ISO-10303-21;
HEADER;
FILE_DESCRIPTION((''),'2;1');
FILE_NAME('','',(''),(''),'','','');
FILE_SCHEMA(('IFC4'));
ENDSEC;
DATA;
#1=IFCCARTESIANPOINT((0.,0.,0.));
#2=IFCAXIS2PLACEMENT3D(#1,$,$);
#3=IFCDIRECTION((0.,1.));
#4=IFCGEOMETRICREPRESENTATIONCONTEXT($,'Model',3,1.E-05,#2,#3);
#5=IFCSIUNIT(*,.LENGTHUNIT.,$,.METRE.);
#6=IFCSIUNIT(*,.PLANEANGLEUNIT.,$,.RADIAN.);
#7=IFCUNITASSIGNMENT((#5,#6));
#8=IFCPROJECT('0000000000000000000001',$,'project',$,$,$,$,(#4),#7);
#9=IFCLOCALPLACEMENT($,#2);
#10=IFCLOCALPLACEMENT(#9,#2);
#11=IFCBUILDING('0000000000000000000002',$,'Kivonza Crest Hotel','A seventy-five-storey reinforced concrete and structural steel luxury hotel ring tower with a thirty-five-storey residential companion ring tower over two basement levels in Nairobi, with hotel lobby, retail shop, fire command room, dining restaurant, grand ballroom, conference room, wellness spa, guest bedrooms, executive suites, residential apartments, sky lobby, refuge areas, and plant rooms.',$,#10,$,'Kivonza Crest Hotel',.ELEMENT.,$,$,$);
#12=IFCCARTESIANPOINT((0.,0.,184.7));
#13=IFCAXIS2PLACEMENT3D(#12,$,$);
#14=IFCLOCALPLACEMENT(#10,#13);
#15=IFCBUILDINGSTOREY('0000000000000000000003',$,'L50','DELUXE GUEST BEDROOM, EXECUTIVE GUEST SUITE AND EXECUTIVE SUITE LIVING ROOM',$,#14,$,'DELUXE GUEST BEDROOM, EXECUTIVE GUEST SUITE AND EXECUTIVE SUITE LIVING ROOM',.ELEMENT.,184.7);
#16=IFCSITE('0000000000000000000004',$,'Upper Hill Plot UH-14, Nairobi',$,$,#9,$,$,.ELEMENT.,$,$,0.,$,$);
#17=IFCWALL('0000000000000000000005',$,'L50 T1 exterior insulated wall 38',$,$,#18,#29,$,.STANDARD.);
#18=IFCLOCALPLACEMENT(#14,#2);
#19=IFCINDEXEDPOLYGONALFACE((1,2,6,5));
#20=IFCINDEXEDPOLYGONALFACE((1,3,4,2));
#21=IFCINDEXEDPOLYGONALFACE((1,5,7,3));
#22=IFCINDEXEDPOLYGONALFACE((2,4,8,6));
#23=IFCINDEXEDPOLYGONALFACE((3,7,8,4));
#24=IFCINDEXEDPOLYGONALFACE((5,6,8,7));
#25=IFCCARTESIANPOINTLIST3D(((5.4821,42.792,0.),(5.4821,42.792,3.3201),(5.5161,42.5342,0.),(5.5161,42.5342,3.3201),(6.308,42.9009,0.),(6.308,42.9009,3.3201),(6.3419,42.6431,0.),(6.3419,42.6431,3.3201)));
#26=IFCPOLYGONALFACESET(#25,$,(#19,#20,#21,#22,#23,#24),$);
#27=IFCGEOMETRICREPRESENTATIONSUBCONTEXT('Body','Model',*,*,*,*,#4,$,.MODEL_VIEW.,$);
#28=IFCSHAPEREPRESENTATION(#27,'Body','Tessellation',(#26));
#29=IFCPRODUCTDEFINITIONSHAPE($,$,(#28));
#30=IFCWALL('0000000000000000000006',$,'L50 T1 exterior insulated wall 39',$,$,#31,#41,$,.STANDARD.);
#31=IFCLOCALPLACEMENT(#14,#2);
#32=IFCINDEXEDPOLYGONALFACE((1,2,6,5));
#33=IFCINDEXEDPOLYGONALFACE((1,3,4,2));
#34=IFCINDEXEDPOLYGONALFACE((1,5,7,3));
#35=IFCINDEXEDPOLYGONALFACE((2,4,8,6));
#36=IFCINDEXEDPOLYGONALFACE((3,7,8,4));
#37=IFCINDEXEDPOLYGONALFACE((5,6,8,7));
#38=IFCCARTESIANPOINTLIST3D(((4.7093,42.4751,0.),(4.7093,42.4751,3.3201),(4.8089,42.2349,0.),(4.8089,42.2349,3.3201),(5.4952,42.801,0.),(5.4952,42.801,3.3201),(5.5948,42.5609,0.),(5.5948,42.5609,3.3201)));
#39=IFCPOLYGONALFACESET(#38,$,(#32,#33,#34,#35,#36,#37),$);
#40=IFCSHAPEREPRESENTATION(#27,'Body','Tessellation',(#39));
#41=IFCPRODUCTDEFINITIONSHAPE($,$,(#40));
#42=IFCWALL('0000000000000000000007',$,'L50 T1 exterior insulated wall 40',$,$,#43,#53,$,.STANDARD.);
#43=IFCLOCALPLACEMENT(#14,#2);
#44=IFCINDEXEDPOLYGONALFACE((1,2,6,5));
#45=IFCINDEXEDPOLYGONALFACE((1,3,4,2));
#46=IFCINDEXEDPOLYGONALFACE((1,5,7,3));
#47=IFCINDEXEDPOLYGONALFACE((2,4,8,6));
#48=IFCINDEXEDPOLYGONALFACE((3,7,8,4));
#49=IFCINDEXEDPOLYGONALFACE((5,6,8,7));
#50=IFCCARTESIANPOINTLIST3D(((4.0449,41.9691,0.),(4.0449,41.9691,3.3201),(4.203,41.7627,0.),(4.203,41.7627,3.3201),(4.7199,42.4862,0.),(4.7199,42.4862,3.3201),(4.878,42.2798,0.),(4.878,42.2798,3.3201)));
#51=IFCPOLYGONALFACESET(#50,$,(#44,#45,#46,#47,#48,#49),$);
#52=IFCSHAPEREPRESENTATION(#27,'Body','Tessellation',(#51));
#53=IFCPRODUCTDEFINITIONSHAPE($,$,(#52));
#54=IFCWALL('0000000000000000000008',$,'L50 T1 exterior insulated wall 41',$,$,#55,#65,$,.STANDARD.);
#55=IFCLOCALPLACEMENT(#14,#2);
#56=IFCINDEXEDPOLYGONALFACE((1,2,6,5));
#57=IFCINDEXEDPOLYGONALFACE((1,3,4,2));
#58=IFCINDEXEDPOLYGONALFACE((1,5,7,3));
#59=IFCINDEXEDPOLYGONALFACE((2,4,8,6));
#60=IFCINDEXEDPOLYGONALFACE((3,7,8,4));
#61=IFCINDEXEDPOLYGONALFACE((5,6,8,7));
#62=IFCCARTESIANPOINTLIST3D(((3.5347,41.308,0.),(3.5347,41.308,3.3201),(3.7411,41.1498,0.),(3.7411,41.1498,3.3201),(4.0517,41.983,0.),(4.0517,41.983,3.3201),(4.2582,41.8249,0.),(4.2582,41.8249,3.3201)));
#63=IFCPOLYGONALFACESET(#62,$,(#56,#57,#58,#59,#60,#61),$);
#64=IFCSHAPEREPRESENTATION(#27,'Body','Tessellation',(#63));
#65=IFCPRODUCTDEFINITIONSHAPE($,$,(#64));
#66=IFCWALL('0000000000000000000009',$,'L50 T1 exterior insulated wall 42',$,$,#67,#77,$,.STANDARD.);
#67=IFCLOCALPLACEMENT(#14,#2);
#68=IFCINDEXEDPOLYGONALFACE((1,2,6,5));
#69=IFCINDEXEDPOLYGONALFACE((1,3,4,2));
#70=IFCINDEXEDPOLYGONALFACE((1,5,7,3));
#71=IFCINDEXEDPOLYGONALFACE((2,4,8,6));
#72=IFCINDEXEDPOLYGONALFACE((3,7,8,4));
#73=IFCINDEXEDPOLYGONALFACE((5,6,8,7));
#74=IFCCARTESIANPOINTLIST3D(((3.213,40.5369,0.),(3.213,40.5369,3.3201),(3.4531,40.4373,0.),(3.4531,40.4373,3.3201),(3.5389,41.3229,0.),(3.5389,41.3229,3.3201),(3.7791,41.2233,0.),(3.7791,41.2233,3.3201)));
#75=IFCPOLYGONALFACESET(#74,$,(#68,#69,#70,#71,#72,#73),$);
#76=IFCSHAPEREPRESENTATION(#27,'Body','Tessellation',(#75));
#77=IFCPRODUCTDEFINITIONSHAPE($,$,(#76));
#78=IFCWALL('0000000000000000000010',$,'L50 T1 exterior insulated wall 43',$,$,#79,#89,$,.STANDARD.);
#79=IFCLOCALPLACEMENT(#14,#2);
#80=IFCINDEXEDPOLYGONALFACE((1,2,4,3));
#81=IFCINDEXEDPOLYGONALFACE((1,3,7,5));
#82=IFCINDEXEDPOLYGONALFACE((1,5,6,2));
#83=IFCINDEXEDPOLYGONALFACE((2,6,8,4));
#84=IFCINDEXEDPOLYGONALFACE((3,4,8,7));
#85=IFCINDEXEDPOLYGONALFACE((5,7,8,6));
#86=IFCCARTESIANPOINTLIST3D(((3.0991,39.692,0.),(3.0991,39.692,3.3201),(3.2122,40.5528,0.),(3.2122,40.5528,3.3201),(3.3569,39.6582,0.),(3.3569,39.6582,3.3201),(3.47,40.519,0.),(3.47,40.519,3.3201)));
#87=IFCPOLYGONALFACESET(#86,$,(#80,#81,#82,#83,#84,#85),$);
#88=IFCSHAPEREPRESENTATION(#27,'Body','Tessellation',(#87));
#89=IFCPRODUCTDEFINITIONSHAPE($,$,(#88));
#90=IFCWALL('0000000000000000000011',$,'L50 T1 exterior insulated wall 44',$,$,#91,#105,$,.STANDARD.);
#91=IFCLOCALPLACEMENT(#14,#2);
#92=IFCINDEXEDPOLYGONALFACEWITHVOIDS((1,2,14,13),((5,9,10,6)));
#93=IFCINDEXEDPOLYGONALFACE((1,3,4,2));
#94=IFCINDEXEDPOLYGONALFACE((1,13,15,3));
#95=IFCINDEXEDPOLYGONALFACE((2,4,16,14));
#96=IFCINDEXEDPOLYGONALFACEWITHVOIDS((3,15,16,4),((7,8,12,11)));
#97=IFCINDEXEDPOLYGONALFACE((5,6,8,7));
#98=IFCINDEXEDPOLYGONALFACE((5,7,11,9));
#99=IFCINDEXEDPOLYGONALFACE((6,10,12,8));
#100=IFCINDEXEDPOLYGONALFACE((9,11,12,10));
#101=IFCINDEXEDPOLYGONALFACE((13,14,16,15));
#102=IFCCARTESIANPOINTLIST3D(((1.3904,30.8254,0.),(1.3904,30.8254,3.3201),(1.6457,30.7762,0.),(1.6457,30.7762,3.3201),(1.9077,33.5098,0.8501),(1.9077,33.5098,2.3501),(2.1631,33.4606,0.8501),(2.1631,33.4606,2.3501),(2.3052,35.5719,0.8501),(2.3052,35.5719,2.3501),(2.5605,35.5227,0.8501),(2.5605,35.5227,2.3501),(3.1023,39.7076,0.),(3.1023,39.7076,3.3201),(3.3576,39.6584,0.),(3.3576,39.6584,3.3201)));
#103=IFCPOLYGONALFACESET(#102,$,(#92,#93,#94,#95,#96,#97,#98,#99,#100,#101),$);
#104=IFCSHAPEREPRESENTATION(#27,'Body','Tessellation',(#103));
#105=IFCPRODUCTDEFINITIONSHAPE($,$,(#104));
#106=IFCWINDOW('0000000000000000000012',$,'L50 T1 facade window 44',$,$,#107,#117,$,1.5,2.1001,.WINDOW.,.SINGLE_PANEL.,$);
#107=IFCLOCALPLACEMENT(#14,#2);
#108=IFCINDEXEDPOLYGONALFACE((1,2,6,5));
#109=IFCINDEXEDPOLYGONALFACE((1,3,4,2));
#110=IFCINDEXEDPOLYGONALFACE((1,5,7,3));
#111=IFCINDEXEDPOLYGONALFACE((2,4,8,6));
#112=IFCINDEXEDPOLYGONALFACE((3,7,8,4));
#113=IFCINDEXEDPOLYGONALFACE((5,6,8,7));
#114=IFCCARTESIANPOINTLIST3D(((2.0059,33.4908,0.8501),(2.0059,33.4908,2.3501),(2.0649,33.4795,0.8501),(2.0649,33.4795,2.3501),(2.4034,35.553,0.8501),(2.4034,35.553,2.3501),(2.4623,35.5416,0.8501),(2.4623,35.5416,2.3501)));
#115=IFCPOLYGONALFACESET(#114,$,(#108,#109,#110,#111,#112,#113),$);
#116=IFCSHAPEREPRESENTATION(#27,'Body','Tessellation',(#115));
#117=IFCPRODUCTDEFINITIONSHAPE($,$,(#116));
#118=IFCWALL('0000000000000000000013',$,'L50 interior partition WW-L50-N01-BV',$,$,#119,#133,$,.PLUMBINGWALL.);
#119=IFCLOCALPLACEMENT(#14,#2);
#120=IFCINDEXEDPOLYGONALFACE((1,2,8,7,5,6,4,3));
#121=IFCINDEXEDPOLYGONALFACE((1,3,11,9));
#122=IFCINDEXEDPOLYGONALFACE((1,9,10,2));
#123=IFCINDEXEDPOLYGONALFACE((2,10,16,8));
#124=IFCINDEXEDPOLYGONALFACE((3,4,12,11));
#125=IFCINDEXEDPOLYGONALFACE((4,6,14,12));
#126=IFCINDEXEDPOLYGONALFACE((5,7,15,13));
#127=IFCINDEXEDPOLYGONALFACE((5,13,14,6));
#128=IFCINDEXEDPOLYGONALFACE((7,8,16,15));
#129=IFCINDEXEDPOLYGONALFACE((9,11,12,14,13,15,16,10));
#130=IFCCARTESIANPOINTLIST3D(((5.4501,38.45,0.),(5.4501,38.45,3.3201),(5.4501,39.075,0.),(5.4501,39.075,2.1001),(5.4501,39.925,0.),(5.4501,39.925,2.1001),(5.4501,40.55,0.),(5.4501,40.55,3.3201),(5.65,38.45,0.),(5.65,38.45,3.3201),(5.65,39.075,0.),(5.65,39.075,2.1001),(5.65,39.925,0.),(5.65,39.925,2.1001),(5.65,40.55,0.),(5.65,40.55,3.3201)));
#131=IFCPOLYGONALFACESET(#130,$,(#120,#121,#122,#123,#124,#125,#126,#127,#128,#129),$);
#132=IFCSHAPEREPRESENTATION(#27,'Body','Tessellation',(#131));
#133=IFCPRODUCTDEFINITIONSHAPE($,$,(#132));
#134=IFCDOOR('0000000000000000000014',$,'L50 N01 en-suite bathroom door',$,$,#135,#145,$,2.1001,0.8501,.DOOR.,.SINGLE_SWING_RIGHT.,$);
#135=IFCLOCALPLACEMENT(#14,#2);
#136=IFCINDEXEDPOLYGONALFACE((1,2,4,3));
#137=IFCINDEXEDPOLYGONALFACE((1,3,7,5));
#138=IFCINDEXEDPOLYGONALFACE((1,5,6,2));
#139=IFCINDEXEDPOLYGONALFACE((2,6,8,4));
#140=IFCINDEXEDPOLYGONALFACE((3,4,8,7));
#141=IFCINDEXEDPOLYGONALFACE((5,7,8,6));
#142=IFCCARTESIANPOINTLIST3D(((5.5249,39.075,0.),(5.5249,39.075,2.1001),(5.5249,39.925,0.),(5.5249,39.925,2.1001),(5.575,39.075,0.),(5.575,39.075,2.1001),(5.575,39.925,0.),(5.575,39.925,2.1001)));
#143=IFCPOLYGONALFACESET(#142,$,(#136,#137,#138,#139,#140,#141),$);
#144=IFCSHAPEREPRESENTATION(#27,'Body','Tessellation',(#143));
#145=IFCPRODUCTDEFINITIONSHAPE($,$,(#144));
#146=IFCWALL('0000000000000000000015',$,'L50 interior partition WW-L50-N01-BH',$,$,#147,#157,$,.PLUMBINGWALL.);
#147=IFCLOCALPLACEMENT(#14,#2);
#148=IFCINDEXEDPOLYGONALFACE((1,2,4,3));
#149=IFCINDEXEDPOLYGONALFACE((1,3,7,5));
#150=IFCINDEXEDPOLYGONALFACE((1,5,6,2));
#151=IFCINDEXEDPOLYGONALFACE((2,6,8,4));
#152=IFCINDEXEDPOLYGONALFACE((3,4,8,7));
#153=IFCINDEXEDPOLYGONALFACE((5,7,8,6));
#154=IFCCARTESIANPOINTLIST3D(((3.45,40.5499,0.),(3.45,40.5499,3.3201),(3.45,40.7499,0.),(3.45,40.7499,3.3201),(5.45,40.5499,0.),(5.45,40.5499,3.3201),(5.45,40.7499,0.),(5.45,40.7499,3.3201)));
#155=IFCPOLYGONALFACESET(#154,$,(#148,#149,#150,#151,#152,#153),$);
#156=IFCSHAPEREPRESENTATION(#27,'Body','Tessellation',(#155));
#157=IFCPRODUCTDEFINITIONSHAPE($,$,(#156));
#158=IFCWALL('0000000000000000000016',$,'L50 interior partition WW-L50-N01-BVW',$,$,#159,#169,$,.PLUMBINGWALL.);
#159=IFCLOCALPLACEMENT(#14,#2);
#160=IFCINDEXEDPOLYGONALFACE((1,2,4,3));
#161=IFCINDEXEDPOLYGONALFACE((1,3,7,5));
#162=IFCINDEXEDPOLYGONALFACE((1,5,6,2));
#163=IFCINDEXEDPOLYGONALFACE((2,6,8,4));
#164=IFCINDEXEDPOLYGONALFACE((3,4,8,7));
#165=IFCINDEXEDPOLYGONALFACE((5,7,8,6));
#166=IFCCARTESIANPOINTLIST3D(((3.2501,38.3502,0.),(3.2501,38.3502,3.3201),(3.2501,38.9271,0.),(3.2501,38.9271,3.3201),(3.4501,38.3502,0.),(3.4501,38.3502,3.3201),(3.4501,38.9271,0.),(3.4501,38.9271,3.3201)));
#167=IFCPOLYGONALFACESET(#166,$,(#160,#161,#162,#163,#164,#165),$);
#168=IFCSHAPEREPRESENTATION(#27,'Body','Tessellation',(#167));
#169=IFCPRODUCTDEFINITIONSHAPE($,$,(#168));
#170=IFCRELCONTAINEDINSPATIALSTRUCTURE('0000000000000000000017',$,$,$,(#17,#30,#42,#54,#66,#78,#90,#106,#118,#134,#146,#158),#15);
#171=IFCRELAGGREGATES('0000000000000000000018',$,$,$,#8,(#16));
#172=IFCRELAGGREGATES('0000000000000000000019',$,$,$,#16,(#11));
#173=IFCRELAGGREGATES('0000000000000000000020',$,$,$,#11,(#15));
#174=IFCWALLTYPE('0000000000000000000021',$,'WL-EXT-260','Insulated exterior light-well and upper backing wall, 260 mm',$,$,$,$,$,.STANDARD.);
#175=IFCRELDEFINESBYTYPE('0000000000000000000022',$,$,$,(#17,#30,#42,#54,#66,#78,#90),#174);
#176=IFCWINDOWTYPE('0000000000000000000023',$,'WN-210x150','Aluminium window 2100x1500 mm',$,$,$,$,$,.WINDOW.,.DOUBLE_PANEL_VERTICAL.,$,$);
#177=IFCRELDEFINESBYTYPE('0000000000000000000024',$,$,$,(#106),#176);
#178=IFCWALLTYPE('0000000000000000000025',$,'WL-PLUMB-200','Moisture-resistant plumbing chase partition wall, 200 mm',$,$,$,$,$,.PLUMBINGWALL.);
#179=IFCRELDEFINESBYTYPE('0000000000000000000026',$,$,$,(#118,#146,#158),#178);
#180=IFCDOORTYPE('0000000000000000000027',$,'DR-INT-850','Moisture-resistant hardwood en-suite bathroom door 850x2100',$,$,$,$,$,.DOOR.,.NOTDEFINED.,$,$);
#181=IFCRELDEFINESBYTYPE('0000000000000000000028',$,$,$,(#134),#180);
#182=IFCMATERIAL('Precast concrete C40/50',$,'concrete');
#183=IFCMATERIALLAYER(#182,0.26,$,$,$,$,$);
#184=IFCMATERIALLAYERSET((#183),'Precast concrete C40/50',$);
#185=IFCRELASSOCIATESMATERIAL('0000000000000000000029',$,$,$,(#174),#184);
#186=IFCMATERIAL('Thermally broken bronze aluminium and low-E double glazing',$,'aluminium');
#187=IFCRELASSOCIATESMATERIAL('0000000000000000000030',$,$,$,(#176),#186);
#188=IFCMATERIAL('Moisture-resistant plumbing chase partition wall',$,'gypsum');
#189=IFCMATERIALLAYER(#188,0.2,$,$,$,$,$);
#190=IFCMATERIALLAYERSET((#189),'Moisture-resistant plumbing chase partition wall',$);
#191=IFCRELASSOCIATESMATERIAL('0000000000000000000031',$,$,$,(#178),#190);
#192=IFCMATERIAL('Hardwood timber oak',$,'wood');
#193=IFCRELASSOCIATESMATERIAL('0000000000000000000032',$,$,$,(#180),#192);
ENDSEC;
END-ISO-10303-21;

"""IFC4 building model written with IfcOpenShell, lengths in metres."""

from ifc_helpers import new_model, si_unit, direction, frame, frame_2d, origin, place, context, subcontext, project, spatial, rectangle, extrude, material, layer, layer_set, type_object, element, fill, save


model = new_model("IFC4")

# Units and contexts
model_context = context("Model", 3, precision=1e-05, world=origin(), true_north=direction((0.0, 1.0)))
body_context = subcontext(model_context, "Body", "Model", "MODEL_VIEW")
ifc_project = project(units=[si_unit("LENGTHUNIT", "METRE"), si_unit("PLANEANGLEUNIT", "RADIAN")], contexts=[model_context])

# Site, building, storey
site_placement = place(None, origin())
site = spatial("IfcSite", under=ifc_project, at=site_placement, Name="Upper Hill Plot UH-14, Nairobi", CompositionType="ELEMENT", RefElevation=0.0)
building_placement = place(site_placement, origin())
building = spatial("IfcBuilding", under=site, at=building_placement, Name="Kivonza Crest Hotel", Description="A seventy-five-storey reinforced concrete and structural steel luxury hotel ring tower with a thirty-five-storey residential companion ring tower over two basement levels in Nairobi, with hotel lobby, retail shop, fire command room, dining restaurant, grand ballroom, conference room, wellness spa, guest bedrooms, executive suites, residential apartments, sky lobby, refuge areas, and plant rooms.", LongName="Kivonza Crest Hotel", CompositionType="ELEMENT")
storey_placement = place(building_placement, frame((0.0, 0.0, 184.7)))
storey = spatial("IfcBuildingStorey", under=building, at=storey_placement, Name="L50", Description="DELUXE GUEST BEDROOM, EXECUTIVE GUEST SUITE AND EXECUTIVE SUITE LIVING ROOM", LongName="DELUXE GUEST BEDROOM, EXECUTIVE GUEST SUITE AND EXECUTIVE SUITE LIVING ROOM", CompositionType="ELEMENT", Elevation=184.7)

# Shared definitions
ifc_material_1 = material(Name="Hardwood timber oak", Category="wood")

# Walls
ifc_material_2 = material(Name="Precast concrete C40/50", Category="concrete")
ifc_layer_1 = layer(ifc_material_2, 0.26)
ifc_layer_set_1 = layer_set([ifc_layer_1], Name="Precast concrete C40/50")
wall_type_1 = type_object("IfcWallType", Name="WL-EXT-260", Description="Insulated exterior light-well and upper backing wall, 260 mm", PredefinedType="STANDARD", material=ifc_layer_set_1)
wall_1_placement = place(storey_placement, frame((6.325, 42.772, 0.0), z_axis=(0.0, 0.0, 1.0), x_axis=(-0.991421, -0.130705, 0.0)))
element("IfcWall", 1, at=wall_1_placement, inside=storey, type_object=wall_type_1, Name="L50 T1 exterior insulated wall 38", PredefinedType="STANDARD", context=body_context, shape_type="SweptSolid", body=[
    extrude(rectangle(XDim=0.833, YDim=0.26, at=frame_2d((0.4165, 0.0))), origin(), (0.0, 0.0, 1.0), 3.3201),
])
wall_2_placement = place(storey_placement, frame((5.5449, 42.6809, 0.0), z_axis=(0.0, 0.0, 1.0), x_axis=(-0.923712, -0.383087, 0.0)))
element("IfcWall", 2, at=wall_2_placement, inside=storey, type_object=wall_type_1, Name="L50 T1 exterior insulated wall 39", PredefinedType="STANDARD", context=body_context, shape_type="SweptSolid", body=[
    extrude(rectangle(XDim=0.8508, YDim=0.26, at=frame_2d((0.4253, 0.0))), origin(), (0.0, 0.0, 1.0), 3.3201),
])
for number, where, z_axis, x_axis, name in (
    (3, (4.7991, 42.3831, 0.0), (0.0, 0.0, 1.0), (-0.79386, -0.6081, 0.0), "L50 T1 exterior insulated wall 40"),
    (4, (4.155, 41.9041, 0.0), (0.0, 0.0, 1.0), (-0.6081, -0.79386, 0.0), "L50 T1 exterior insulated wall 41"),
):
    element("IfcWall", number, at=place(storey_placement, frame(where, z_axis=z_axis, x_axis=x_axis)), inside=storey, type_object=wall_type_1, Name=name, PredefinedType="STANDARD", context=body_context, shape_type="SweptSolid", body=[
        extrude(rectangle(XDim=0.8503, YDim=0.26, at=frame_2d((0.4253, 0.0))), origin(), (0.0, 0.0, 1.0), 3.3201),
    ])
wall_3_placement = place(storey_placement, frame((3.6589, 41.2729, 0.0), z_axis=(0.0, 0.0, 1.0), x_axis=(-0.383087, -0.923712, 0.0)))
element("IfcWall", 5, at=wall_3_placement, inside=storey, type_object=wall_type_1, Name="L50 T1 exterior insulated wall 42", PredefinedType="STANDARD", context=body_context, shape_type="SweptSolid", body=[
    extrude(rectangle(XDim=0.8508, YDim=0.26, at=frame_2d((0.4253, 0.0))), origin(), (0.0, 0.0, 1.0), 3.3201),
])
wall_4_placement = place(storey_placement, frame((3.3411, 40.5359, 0.0), z_axis=(0.0, 0.0, 1.0), x_axis=(-0.130193, -0.991489, 0.0)))
element("IfcWall", 6, at=wall_4_placement, inside=storey, type_object=wall_type_1, Name="L50 T1 exterior insulated wall 43", PredefinedType="STANDARD", context=body_context, shape_type="SweptSolid", body=[
    extrude(rectangle(XDim=0.8682, YDim=0.26, at=frame_2d((0.4341, 0.0))), origin(), (0.0, 0.0, 1.0), 3.3201),
])

# Wall, opening, window
wall_5_placement = place(storey_placement, frame((3.23, 39.6831, 0.0), z_axis=(0.0, 0.0, 1.0), x_axis=(-0.189255, -0.981928, 0.0)))
wall_5 = element("IfcWall", 7, at=wall_5_placement, inside=storey, type_object=wall_type_1, Name="L50 T1 exterior insulated wall 44", PredefinedType="STANDARD", context=body_context, shape_type="SweptSolid", body=[
    extrude(rectangle(XDim=9.0457, YDim=0.26, at=frame_2d((4.5229, 0.0))), origin(), (0.0, 0.0, 1.0), 3.3201),
])
opening_1_placement = place(wall_5_placement, frame((4.2119, 0.0, 0.8501)))
opening_1 = element("IfcOpeningElement", 8, at=opening_1_placement, cuts=wall_5, PredefinedType="OPENING", context=body_context, shape_type="SweptSolid", body=[
    extrude(rectangle(XDim=2.1001, YDim=1.5, at=frame_2d((1.05, 0.75))), frame((0.0, 0.1401, 0.0), z_axis=(0.0, -1.0, 0.0), x_axis=(1.0, 0.0, 0.0)), (0.0, 0.0, 1.0), 0.28),
])
ifc_material_3 = material(Name="Thermally broken bronze aluminium and low-E double glazing", Category="aluminium")
window_type = type_object("IfcWindowType", Name="WN-210x150", Description="Aluminium window 2100x1500 mm", PartitioningType="DOUBLE_PANEL_VERTICAL", PredefinedType="WINDOW", material=ifc_material_3)
window_placement = place(opening_1_placement, origin())
window = element("IfcWindow", 9, at=window_placement, inside=storey, type_object=window_type, Name="L50 T1 facade window 44", OverallHeight=1.5, OverallWidth=2.1001, PartitioningType="SINGLE_PANEL", PredefinedType="WINDOW", context=body_context, shape_type="SweptSolid", body=[
    extrude(rectangle(XDim=2.1001, YDim=1.5, at=frame_2d((1.05, 0.75))), frame((0.0, 0.03, 0.0), z_axis=(0.0, -1.0, 0.0), x_axis=(1.0, 0.0, 0.0)), (0.0, 0.0, 1.0), 0.0601),
])
fill(opening_1, window)

# Wall, opening, door
ifc_material_4 = material(Name="Moisture-resistant plumbing chase partition wall", Category="gypsum")
ifc_layer_2 = layer(ifc_material_4, 0.2)
ifc_layer_set_2 = layer_set([ifc_layer_2], Name="Moisture-resistant plumbing chase partition wall")
wall_type_2 = type_object("IfcWallType", Name="WL-PLUMB-200", Description="Moisture-resistant plumbing chase partition wall, 200 mm", PredefinedType="PLUMBINGWALL", material=ifc_layer_set_2)
wall_6_placement = place(storey_placement, frame((5.55, 38.45, 0.0), z_axis=(0.0, 0.0, 1.0), x_axis=(0.0, 1.0, 0.0)))
wall_6 = element("IfcWall", 10, at=wall_6_placement, inside=storey, type_object=wall_type_2, Name="L50 interior partition WW-L50-N01-BV", PredefinedType="PLUMBINGWALL", context=body_context, shape_type="SweptSolid", body=[
    extrude(rectangle(XDim=2.1001, YDim=0.2, at=frame_2d((1.05, 0.0))), origin(), (0.0, 0.0, 1.0), 3.3201),
])
opening_2_placement = place(wall_6_placement, frame((0.625, 0.0, 0.0)))
opening_2 = element("IfcOpeningElement", 11, at=opening_2_placement, cuts=wall_6, PredefinedType="OPENING", context=body_context, shape_type="SweptSolid", body=[
    extrude(rectangle(XDim=0.8501, YDim=2.1001, at=frame_2d((0.425, 1.05))), frame((0.0, 0.1099, 0.0), z_axis=(0.0, -1.0, 0.0), x_axis=(1.0, 0.0, 0.0)), (0.0, 0.0, 1.0), 0.22),
])
door_type_1 = type_object("IfcDoorType", Name="DR-INT-850", Description="Moisture-resistant hardwood en-suite bathroom door 850x2100", OperationType="NOTDEFINED", PredefinedType="DOOR", material=ifc_material_1)
door_1_placement = place(opening_2_placement, frame((0.8501, 0.0, 0.0), z_axis=(0.0, 0.0, 1.0), x_axis=(-1.0, 0.0, 0.0)))
door_1 = element("IfcDoor", 12, at=door_1_placement, inside=storey, type_object=door_type_1, Name="L50 N01 en-suite bathroom door", OperationType="SINGLE_SWING_RIGHT", OverallHeight=2.1001, OverallWidth=0.8501, PredefinedType="DOOR", context=body_context, shape_type="SweptSolid", body=[
    extrude(rectangle(XDim=0.8501, YDim=2.1001, at=frame_2d((0.425, 1.05))), frame((0.0, 0.0249, 0.0), z_axis=(0.0, -1.0, 0.0), x_axis=(1.0, 0.0, 0.0)), (0.0, 0.0, 1.0), 0.05),
])
fill(opening_2, door_1)

# Walls
wall_7_placement = place(storey_placement, frame((3.45, 40.6499, 0.0), z_axis=(0.0, 0.0, 1.0), x_axis=(1.0, 0.0, 0.0)))
element("IfcWall", 13, at=wall_7_placement, inside=storey, type_object=wall_type_2, Name="L50 interior partition WW-L50-N01-BH", PredefinedType="PLUMBINGWALL", context=body_context, shape_type="SweptSolid", body=[
    extrude(rectangle(XDim=2.0, YDim=0.2, at=frame_2d((1.0, 0.0))), origin(), (0.0, 0.0, 1.0), 3.3201),
])
wall_8_placement = place(storey_placement, frame((3.3501, 38.3501, 0.0), z_axis=(0.0, 0.0, 1.0), x_axis=(0.0, 1.0, 0.0)))
element("IfcWall", 14, at=wall_8_placement, inside=storey, type_object=wall_type_2, Name="L50 interior partition WW-L50-N01-BVW", PredefinedType="PLUMBINGWALL", context=body_context, shape_type="SweptSolid", body=[
    extrude(rectangle(XDim=0.5769, YDim=0.2, at=frame_2d((0.2886, 0.0))), origin(), (0.0, 0.0, 1.0), 3.3201),
])

save(model, "model.ifc")
